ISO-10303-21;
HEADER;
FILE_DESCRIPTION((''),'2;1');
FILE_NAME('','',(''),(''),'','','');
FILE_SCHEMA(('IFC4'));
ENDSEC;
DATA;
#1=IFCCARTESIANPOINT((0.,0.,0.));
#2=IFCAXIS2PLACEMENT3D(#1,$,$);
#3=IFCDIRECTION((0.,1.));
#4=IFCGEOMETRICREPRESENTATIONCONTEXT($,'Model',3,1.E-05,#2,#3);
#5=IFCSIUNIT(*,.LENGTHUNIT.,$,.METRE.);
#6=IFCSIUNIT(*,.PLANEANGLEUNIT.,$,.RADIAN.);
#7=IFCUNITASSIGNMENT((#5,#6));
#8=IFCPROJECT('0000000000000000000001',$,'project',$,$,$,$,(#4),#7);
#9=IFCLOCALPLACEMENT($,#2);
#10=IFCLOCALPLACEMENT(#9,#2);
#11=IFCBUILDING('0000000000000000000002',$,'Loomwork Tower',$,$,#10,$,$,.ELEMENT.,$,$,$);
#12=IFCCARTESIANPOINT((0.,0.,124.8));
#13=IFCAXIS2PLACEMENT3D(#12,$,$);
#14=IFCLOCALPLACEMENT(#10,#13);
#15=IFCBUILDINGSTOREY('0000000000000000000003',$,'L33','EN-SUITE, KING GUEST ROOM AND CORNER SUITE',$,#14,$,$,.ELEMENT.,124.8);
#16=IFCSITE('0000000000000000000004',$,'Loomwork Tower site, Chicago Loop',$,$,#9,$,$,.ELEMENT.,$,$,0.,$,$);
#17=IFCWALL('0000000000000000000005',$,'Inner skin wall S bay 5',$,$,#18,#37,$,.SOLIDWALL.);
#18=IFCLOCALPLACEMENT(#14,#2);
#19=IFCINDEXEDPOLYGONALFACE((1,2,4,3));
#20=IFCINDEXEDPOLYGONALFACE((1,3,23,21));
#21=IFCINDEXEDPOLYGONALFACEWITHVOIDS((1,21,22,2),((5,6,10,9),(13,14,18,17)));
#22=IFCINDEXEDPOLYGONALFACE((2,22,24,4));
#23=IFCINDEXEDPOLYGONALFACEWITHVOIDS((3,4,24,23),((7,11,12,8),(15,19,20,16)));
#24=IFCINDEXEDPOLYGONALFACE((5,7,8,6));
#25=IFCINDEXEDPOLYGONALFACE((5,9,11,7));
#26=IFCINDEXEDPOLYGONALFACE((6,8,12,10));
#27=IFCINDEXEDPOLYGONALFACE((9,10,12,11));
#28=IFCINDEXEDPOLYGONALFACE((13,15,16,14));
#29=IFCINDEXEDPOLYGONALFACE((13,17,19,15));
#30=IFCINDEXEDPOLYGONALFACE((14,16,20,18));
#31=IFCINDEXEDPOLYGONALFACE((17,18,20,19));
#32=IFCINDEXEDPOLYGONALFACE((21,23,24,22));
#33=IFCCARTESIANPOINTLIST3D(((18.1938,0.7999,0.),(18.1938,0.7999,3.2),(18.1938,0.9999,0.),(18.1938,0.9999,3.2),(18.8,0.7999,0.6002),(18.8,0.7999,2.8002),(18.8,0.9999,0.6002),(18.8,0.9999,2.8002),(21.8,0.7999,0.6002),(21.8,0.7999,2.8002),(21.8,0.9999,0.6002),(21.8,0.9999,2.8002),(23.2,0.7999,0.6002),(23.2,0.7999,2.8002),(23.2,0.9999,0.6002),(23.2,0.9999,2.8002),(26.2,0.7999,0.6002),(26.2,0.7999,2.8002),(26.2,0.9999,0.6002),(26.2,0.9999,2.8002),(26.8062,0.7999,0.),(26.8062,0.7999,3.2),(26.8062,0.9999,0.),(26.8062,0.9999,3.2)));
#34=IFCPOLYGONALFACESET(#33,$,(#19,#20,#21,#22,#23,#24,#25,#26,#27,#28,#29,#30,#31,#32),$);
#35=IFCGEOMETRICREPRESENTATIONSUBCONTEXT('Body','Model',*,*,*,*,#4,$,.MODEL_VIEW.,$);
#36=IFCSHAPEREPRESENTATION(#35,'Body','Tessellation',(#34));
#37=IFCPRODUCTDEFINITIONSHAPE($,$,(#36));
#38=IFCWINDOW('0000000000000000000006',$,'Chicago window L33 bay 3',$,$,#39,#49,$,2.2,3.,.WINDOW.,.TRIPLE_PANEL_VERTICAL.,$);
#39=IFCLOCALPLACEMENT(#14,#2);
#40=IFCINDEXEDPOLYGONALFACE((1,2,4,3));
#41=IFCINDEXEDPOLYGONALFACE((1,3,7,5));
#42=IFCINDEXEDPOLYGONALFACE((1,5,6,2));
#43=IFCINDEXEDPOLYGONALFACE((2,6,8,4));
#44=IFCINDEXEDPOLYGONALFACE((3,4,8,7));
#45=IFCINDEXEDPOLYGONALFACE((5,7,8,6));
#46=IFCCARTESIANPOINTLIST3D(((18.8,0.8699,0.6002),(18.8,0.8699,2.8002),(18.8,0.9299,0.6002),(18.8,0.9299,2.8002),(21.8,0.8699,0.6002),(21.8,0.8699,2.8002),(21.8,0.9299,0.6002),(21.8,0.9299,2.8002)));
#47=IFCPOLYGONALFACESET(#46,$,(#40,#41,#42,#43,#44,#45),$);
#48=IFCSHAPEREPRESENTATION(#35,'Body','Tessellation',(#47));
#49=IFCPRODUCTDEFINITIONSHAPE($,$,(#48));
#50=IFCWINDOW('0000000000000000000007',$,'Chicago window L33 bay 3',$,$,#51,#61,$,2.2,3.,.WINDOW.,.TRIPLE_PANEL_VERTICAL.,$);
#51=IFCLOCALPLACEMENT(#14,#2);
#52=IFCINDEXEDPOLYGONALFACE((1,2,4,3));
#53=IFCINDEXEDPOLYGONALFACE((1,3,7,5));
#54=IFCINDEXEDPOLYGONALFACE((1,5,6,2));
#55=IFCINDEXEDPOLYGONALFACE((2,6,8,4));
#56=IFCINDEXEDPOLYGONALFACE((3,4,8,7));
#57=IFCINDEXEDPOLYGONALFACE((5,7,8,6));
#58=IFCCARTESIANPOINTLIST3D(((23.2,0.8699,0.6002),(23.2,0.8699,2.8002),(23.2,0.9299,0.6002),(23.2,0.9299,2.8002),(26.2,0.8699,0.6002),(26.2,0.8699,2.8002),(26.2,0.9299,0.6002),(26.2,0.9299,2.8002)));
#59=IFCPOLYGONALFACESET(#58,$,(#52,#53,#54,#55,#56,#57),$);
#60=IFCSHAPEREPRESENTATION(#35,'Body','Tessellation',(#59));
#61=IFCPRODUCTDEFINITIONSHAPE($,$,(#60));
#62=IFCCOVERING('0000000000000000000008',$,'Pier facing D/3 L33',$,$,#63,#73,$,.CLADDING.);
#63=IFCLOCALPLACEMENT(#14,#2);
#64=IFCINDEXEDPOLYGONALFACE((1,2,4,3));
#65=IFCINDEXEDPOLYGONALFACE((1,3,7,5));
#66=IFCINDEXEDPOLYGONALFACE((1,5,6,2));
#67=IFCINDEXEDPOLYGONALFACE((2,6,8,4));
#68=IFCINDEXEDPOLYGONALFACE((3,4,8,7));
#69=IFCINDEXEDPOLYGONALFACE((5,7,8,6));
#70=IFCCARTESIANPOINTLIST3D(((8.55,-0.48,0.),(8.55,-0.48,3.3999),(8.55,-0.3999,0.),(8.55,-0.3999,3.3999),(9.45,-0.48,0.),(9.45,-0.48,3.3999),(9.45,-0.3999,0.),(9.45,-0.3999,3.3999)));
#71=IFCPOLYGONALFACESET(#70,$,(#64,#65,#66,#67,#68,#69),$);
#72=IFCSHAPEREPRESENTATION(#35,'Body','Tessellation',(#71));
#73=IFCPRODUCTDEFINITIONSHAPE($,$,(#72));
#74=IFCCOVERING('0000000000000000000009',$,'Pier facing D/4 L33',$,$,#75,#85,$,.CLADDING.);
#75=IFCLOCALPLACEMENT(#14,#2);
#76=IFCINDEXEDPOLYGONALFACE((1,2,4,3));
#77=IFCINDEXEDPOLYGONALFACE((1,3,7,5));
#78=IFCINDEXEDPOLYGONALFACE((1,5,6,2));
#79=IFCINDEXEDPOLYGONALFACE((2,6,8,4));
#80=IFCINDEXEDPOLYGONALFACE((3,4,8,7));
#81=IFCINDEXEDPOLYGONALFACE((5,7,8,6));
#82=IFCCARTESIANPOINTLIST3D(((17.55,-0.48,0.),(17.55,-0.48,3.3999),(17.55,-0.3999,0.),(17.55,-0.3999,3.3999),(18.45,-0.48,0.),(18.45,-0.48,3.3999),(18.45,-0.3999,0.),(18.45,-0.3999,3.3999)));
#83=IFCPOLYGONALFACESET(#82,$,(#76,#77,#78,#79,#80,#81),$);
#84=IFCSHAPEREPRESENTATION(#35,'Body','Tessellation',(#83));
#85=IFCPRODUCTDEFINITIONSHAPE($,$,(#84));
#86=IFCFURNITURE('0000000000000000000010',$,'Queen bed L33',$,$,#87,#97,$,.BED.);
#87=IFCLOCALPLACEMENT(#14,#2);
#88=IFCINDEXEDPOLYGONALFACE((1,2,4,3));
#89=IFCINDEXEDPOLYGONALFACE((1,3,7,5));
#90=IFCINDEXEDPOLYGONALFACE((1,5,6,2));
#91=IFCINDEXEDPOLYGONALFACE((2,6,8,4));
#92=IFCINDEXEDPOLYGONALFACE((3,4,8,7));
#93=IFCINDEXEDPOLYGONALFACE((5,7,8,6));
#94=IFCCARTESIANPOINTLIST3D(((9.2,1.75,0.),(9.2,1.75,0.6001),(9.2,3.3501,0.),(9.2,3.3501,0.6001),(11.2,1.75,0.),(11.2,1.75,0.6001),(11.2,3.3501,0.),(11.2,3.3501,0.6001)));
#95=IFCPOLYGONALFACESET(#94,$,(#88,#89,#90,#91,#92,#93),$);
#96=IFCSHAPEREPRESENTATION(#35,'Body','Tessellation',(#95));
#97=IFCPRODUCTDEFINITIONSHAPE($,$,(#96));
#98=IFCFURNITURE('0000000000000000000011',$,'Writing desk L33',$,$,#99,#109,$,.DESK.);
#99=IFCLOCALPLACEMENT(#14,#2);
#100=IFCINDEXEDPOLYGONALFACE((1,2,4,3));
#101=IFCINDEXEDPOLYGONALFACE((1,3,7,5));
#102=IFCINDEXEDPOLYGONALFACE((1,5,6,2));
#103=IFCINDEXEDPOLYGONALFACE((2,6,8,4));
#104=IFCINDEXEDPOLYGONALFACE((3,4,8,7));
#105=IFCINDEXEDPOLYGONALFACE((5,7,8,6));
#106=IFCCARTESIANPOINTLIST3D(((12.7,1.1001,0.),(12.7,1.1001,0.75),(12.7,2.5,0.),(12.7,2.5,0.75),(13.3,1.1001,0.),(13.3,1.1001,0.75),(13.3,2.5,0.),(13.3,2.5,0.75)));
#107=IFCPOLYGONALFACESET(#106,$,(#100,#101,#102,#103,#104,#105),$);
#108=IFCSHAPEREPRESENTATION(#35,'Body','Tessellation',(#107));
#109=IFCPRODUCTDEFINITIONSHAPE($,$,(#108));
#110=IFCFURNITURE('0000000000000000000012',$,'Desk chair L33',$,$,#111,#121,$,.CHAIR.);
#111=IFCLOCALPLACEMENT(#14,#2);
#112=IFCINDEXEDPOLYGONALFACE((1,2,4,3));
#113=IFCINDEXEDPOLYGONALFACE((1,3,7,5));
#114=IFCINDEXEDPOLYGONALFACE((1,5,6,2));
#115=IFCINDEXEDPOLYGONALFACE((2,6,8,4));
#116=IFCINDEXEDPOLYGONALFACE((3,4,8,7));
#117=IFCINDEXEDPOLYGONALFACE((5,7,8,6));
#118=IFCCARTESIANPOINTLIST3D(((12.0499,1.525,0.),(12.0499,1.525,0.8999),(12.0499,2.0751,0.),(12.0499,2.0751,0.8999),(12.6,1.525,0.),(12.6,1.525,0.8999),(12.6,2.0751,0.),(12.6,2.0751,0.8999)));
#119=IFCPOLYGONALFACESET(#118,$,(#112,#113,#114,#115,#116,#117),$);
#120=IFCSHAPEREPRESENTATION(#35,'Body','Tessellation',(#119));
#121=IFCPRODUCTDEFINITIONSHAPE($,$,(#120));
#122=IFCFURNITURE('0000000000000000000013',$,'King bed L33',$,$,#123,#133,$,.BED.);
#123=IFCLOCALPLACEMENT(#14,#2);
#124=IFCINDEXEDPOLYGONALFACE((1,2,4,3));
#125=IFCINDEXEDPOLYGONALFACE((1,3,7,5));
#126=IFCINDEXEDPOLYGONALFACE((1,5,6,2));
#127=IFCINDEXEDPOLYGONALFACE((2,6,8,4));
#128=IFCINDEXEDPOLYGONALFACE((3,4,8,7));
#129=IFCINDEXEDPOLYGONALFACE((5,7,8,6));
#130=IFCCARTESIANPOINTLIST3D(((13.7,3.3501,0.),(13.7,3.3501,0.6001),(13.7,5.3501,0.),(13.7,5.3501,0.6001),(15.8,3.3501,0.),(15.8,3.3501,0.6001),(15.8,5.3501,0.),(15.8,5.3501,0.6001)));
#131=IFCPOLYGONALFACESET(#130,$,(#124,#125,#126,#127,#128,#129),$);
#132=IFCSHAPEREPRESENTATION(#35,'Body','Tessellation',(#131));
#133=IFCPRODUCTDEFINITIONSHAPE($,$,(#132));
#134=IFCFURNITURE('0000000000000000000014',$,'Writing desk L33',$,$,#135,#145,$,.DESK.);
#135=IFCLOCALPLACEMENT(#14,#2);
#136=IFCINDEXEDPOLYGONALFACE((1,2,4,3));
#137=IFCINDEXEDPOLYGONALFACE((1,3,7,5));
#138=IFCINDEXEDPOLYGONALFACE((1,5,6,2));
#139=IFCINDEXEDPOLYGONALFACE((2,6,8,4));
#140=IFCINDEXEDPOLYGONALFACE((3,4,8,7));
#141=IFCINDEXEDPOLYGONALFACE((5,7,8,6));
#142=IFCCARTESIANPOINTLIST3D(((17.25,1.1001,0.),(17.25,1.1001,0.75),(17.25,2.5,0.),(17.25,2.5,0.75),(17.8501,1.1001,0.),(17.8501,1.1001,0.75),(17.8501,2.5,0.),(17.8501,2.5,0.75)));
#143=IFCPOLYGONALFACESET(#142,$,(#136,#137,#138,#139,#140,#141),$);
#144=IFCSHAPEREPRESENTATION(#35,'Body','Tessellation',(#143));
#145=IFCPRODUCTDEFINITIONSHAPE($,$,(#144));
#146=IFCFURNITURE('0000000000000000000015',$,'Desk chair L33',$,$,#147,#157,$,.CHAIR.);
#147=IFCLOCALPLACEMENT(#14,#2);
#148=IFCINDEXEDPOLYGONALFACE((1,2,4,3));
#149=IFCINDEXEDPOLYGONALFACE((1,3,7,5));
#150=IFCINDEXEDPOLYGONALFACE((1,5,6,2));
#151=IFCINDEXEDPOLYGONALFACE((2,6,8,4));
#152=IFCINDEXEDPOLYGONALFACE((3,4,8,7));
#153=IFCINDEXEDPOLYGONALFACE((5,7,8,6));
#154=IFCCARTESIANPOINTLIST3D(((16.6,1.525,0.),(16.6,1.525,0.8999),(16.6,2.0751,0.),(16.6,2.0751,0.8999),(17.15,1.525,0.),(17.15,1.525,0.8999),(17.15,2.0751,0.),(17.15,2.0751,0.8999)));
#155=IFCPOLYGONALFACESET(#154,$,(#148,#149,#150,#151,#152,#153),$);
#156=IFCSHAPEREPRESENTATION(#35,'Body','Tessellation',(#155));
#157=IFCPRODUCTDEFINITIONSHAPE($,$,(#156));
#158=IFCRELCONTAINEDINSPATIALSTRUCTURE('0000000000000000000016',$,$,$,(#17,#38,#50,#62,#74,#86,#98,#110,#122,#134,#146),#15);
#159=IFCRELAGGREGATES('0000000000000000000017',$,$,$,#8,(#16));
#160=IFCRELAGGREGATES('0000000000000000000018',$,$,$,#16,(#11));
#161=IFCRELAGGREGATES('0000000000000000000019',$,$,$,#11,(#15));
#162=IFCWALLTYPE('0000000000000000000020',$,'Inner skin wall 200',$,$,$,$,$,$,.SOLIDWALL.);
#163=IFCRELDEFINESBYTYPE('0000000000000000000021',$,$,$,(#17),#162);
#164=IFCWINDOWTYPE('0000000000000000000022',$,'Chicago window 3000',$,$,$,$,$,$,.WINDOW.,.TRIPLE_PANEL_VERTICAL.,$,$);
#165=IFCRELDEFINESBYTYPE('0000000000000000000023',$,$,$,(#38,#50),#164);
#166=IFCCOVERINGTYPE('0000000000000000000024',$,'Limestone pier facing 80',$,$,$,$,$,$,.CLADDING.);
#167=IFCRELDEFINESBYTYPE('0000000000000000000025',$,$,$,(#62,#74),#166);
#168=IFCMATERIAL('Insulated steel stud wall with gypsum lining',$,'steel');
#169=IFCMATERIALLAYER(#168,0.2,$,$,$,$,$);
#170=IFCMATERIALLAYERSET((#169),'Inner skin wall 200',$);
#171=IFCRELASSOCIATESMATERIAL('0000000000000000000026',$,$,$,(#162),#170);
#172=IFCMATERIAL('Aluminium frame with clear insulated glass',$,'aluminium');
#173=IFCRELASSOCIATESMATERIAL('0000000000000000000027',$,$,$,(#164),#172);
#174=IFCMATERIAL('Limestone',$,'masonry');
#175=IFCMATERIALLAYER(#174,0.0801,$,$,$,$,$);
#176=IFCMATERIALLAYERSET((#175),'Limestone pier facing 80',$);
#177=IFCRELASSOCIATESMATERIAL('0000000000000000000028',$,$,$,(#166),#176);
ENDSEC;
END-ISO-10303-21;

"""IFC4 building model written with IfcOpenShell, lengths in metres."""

from ifc_helpers import new_model, si_unit, direction, frame, frame_2d, origin, origin_2d, place, context, subcontext, project, spatial, rectangle, extrude, material, layer, layer_set, type_object, element, fill, save


model = new_model("IFC4")

# Units and contexts
model_context = context("Model", 3, precision=1e-05, world=origin(), true_north=direction((0.0, 1.0)))
body_context = subcontext(model_context, "Body", "Model", "MODEL_VIEW")
ifc_project = project(units=[si_unit("LENGTHUNIT", "METRE"), si_unit("PLANEANGLEUNIT", "RADIAN")], contexts=[model_context])

# Site, building, storey
site_placement = place(None, origin())
site = spatial("IfcSite", under=ifc_project, at=site_placement, Name="Loomwork Tower site, Chicago Loop", CompositionType="ELEMENT", RefElevation=0.0)
building_placement = place(site_placement, origin())
building = spatial("IfcBuilding", under=site, at=building_placement, Name="Loomwork Tower", CompositionType="ELEMENT")
storey_placement = place(building_placement, frame((0.0, 0.0, 124.8)))
storey = spatial("IfcBuildingStorey", under=building, at=storey_placement, Name="L33", Description="EN-SUITE, KING GUEST ROOM AND CORNER SUITE", CompositionType="ELEMENT", Elevation=124.8)

# Shared definitions
ifc_material_1 = material(Name="Insulated steel stud wall with gypsum lining", Category="steel")
ifc_layer_1 = layer(ifc_material_1, 0.2)
ifc_layer_set_1 = layer_set([ifc_layer_1], Name="Inner skin wall 200")
wall_type_1 = type_object("IfcWallType", Name="Inner skin wall 200", PredefinedType="SOLIDWALL", material=ifc_layer_set_1)

# Shared definitions
ifc_material_2 = material(Name="Aluminium frame with clear insulated glass", Category="aluminium")
window_type = type_object("IfcWindowType", Name="Chicago window 3000", PartitioningType="TRIPLE_PANEL_VERTICAL", PredefinedType="WINDOW", material=ifc_material_2)

# Wall, openings, windows
wall_1_placement = place(storey_placement, frame((18.1938, 0.8999, 0.0), z_axis=(0.0, 0.0, 1.0), x_axis=(1.0, 0.0, 0.0)))
wall_1 = element("IfcWall", 1, at=wall_1_placement, inside=storey, type_object=wall_type_1, Name="Inner skin wall S bay 5", PredefinedType="SOLIDWALL", context=body_context, shape_type="SweptSolid", body=[
    extrude(rectangle(XDim=8.6123, YDim=0.2, at=frame_2d((4.3062, 0.0))), origin(), (0.0, 0.0, 1.0), 3.2),
])
opening_1_placement = place(wall_1_placement, frame((0.6062, 0.0, 0.6001)))
opening_1 = element("IfcOpeningElement", 2, at=opening_1_placement, cuts=wall_1, PredefinedType="OPENING", context=body_context, shape_type="SweptSolid", body=[
    extrude(rectangle(XDim=3.0, YDim=2.2, at=frame_2d((1.5, 1.1001))), frame((0.0, 0.1099, 0.0), z_axis=(0.0, -1.0, 0.0), x_axis=(1.0, 0.0, 0.0)), (0.0, 0.0, 1.0), 0.22),
])
opening_2_placement = place(wall_1_placement, frame((5.0061, 0.0, 0.6001)))
opening_2 = element("IfcOpeningElement", 3, at=opening_2_placement, cuts=wall_1, PredefinedType="OPENING", context=body_context, shape_type="SweptSolid", body=[
    extrude(rectangle(XDim=3.0, YDim=2.2, at=frame_2d((1.5, 1.1001))), frame((0.0, 0.1099, 0.0), z_axis=(0.0, -1.0, 0.0), x_axis=(1.0, 0.0, 0.0)), (0.0, 0.0, 1.0), 0.22),
])
window_1_placement = place(opening_1_placement, origin())
window_1 = element("IfcWindow", 4, at=window_1_placement, inside=storey, type_object=window_type, Name="Chicago window L33 bay 3", OverallHeight=2.2, OverallWidth=3.0, PartitioningType="TRIPLE_PANEL_VERTICAL", PredefinedType="WINDOW", context=body_context, shape_type="SweptSolid", body=[
    extrude(rectangle(XDim=3.0, YDim=2.2, at=frame_2d((1.5, 1.1001))), frame((0.0, 0.03, 0.0), z_axis=(0.0, -1.0, 0.0), x_axis=(1.0, 0.0, 0.0)), (0.0, 0.0, 1.0), 0.0601),
])
fill(opening_1, window_1)
window_2_placement = place(opening_2_placement, origin())
window_2 = element("IfcWindow", 5, at=window_2_placement, inside=storey, type_object=window_type, Name="Chicago window L33 bay 3", OverallHeight=2.2, OverallWidth=3.0, PartitioningType="TRIPLE_PANEL_VERTICAL", PredefinedType="WINDOW", context=body_context, shape_type="SweptSolid", body=[
    extrude(rectangle(XDim=3.0, YDim=2.2, at=frame_2d((1.5, 1.1001))), frame((0.0, 0.03, 0.0), z_axis=(0.0, -1.0, 0.0), x_axis=(1.0, 0.0, 0.0)), (0.0, 0.0, 1.0), 0.0601),
])
fill(opening_2, window_2)

# Coverings
ifc_material_3 = material(Name="Limestone", Category="masonry")
ifc_layer_2 = layer(ifc_material_3, 0.0801)
ifc_layer_set_2 = layer_set([ifc_layer_2], Name="Limestone pier facing 80")
covering_type = type_object("IfcCoveringType", Name="Limestone pier facing 80", PredefinedType="CLADDING", material=ifc_layer_set_2)
for number, where, z_axis, x_axis, name in (
    (6, (9.0, -0.4399, 0.0), (0.0, 0.0, 1.0), (1.0, 0.0, 0.0), "Pier facing D/3 L33"),
    (7, (18.0, -0.4399, 0.0), (0.0, 0.0, 1.0), (1.0, 0.0, 0.0), "Pier facing D/4 L33"),
):
    element("IfcCovering", number, at=place(storey_placement, frame(where, z_axis=z_axis, x_axis=x_axis)), inside=storey, type_object=covering_type, Name=name, PredefinedType="CLADDING", context=body_context, shape_type="SweptSolid", body=[
        extrude(rectangle(XDim=0.8999, YDim=0.0801, at=origin_2d()), origin(), (0.0, 0.0, 1.0), 3.3999),
    ])

# Furniture
furniture_1_placement = place(storey_placement, frame((10.2, 2.55, 0.0), z_axis=(0.0, 0.0, 1.0), x_axis=(1.0, 0.0, 0.0)))
element("IfcFurniture", 8, at=furniture_1_placement, inside=storey, Name="Queen bed L33", PredefinedType="BED", context=body_context, shape_type="SweptSolid", body=[
    extrude(rectangle(XDim=2.0, YDim=1.6001, at=origin_2d()), origin(), (0.0, 0.0, 1.0), 0.6001),
])
furniture_2_placement = place(storey_placement, frame((13.0, 1.8, 0.0), z_axis=(0.0, 0.0, 1.0), x_axis=(1.0, 0.0, 0.0)))
element("IfcFurniture", 9, at=furniture_2_placement, inside=storey, Name="Writing desk L33", PredefinedType="DESK", context=body_context, shape_type="SweptSolid", body=[
    extrude(rectangle(XDim=0.6001, YDim=1.3999, at=origin_2d()), origin(), (0.0, 0.0, 1.0), 0.75),
])
furniture_3_placement = place(storey_placement, frame((12.325, 1.8, 0.0), z_axis=(0.0, 0.0, 1.0), x_axis=(1.0, 0.0, 0.0)))
element("IfcFurniture", 10, at=furniture_3_placement, inside=storey, Name="Desk chair L33", PredefinedType="CHAIR", context=body_context, shape_type="SweptSolid", body=[
    extrude(rectangle(XDim=0.55, YDim=0.55, at=origin_2d()), origin(), (0.0, 0.0, 1.0), 0.8999),
])
furniture_4_placement = place(storey_placement, frame((14.75, 4.3501, 0.0), z_axis=(0.0, 0.0, 1.0), x_axis=(1.0, 0.0, 0.0)))
element("IfcFurniture", 11, at=furniture_4_placement, inside=storey, Name="King bed L33", PredefinedType="BED", context=body_context, shape_type="SweptSolid", body=[
    extrude(rectangle(XDim=2.1001, YDim=2.0, at=origin_2d()), origin(), (0.0, 0.0, 1.0), 0.6001),
])
furniture_5_placement = place(storey_placement, frame((17.55, 1.8, 0.0), z_axis=(0.0, 0.0, 1.0), x_axis=(1.0, 0.0, 0.0)))
element("IfcFurniture", 12, at=furniture_5_placement, inside=storey, Name="Writing desk L33", PredefinedType="DESK", context=body_context, shape_type="SweptSolid", body=[
    extrude(rectangle(XDim=0.6001, YDim=1.3999, at=origin_2d()), origin(), (0.0, 0.0, 1.0), 0.75),
])
furniture_6_placement = place(storey_placement, frame((16.875, 1.8, 0.0), z_axis=(0.0, 0.0, 1.0), x_axis=(1.0, 0.0, 0.0)))
element("IfcFurniture", 13, at=furniture_6_placement, inside=storey, Name="Desk chair L33", PredefinedType="CHAIR", context=body_context, shape_type="SweptSolid", body=[
    extrude(rectangle(XDim=0.55, YDim=0.55, at=origin_2d()), origin(), (0.0, 0.0, 1.0), 0.8999),
])

save(model, "model.ifc")
